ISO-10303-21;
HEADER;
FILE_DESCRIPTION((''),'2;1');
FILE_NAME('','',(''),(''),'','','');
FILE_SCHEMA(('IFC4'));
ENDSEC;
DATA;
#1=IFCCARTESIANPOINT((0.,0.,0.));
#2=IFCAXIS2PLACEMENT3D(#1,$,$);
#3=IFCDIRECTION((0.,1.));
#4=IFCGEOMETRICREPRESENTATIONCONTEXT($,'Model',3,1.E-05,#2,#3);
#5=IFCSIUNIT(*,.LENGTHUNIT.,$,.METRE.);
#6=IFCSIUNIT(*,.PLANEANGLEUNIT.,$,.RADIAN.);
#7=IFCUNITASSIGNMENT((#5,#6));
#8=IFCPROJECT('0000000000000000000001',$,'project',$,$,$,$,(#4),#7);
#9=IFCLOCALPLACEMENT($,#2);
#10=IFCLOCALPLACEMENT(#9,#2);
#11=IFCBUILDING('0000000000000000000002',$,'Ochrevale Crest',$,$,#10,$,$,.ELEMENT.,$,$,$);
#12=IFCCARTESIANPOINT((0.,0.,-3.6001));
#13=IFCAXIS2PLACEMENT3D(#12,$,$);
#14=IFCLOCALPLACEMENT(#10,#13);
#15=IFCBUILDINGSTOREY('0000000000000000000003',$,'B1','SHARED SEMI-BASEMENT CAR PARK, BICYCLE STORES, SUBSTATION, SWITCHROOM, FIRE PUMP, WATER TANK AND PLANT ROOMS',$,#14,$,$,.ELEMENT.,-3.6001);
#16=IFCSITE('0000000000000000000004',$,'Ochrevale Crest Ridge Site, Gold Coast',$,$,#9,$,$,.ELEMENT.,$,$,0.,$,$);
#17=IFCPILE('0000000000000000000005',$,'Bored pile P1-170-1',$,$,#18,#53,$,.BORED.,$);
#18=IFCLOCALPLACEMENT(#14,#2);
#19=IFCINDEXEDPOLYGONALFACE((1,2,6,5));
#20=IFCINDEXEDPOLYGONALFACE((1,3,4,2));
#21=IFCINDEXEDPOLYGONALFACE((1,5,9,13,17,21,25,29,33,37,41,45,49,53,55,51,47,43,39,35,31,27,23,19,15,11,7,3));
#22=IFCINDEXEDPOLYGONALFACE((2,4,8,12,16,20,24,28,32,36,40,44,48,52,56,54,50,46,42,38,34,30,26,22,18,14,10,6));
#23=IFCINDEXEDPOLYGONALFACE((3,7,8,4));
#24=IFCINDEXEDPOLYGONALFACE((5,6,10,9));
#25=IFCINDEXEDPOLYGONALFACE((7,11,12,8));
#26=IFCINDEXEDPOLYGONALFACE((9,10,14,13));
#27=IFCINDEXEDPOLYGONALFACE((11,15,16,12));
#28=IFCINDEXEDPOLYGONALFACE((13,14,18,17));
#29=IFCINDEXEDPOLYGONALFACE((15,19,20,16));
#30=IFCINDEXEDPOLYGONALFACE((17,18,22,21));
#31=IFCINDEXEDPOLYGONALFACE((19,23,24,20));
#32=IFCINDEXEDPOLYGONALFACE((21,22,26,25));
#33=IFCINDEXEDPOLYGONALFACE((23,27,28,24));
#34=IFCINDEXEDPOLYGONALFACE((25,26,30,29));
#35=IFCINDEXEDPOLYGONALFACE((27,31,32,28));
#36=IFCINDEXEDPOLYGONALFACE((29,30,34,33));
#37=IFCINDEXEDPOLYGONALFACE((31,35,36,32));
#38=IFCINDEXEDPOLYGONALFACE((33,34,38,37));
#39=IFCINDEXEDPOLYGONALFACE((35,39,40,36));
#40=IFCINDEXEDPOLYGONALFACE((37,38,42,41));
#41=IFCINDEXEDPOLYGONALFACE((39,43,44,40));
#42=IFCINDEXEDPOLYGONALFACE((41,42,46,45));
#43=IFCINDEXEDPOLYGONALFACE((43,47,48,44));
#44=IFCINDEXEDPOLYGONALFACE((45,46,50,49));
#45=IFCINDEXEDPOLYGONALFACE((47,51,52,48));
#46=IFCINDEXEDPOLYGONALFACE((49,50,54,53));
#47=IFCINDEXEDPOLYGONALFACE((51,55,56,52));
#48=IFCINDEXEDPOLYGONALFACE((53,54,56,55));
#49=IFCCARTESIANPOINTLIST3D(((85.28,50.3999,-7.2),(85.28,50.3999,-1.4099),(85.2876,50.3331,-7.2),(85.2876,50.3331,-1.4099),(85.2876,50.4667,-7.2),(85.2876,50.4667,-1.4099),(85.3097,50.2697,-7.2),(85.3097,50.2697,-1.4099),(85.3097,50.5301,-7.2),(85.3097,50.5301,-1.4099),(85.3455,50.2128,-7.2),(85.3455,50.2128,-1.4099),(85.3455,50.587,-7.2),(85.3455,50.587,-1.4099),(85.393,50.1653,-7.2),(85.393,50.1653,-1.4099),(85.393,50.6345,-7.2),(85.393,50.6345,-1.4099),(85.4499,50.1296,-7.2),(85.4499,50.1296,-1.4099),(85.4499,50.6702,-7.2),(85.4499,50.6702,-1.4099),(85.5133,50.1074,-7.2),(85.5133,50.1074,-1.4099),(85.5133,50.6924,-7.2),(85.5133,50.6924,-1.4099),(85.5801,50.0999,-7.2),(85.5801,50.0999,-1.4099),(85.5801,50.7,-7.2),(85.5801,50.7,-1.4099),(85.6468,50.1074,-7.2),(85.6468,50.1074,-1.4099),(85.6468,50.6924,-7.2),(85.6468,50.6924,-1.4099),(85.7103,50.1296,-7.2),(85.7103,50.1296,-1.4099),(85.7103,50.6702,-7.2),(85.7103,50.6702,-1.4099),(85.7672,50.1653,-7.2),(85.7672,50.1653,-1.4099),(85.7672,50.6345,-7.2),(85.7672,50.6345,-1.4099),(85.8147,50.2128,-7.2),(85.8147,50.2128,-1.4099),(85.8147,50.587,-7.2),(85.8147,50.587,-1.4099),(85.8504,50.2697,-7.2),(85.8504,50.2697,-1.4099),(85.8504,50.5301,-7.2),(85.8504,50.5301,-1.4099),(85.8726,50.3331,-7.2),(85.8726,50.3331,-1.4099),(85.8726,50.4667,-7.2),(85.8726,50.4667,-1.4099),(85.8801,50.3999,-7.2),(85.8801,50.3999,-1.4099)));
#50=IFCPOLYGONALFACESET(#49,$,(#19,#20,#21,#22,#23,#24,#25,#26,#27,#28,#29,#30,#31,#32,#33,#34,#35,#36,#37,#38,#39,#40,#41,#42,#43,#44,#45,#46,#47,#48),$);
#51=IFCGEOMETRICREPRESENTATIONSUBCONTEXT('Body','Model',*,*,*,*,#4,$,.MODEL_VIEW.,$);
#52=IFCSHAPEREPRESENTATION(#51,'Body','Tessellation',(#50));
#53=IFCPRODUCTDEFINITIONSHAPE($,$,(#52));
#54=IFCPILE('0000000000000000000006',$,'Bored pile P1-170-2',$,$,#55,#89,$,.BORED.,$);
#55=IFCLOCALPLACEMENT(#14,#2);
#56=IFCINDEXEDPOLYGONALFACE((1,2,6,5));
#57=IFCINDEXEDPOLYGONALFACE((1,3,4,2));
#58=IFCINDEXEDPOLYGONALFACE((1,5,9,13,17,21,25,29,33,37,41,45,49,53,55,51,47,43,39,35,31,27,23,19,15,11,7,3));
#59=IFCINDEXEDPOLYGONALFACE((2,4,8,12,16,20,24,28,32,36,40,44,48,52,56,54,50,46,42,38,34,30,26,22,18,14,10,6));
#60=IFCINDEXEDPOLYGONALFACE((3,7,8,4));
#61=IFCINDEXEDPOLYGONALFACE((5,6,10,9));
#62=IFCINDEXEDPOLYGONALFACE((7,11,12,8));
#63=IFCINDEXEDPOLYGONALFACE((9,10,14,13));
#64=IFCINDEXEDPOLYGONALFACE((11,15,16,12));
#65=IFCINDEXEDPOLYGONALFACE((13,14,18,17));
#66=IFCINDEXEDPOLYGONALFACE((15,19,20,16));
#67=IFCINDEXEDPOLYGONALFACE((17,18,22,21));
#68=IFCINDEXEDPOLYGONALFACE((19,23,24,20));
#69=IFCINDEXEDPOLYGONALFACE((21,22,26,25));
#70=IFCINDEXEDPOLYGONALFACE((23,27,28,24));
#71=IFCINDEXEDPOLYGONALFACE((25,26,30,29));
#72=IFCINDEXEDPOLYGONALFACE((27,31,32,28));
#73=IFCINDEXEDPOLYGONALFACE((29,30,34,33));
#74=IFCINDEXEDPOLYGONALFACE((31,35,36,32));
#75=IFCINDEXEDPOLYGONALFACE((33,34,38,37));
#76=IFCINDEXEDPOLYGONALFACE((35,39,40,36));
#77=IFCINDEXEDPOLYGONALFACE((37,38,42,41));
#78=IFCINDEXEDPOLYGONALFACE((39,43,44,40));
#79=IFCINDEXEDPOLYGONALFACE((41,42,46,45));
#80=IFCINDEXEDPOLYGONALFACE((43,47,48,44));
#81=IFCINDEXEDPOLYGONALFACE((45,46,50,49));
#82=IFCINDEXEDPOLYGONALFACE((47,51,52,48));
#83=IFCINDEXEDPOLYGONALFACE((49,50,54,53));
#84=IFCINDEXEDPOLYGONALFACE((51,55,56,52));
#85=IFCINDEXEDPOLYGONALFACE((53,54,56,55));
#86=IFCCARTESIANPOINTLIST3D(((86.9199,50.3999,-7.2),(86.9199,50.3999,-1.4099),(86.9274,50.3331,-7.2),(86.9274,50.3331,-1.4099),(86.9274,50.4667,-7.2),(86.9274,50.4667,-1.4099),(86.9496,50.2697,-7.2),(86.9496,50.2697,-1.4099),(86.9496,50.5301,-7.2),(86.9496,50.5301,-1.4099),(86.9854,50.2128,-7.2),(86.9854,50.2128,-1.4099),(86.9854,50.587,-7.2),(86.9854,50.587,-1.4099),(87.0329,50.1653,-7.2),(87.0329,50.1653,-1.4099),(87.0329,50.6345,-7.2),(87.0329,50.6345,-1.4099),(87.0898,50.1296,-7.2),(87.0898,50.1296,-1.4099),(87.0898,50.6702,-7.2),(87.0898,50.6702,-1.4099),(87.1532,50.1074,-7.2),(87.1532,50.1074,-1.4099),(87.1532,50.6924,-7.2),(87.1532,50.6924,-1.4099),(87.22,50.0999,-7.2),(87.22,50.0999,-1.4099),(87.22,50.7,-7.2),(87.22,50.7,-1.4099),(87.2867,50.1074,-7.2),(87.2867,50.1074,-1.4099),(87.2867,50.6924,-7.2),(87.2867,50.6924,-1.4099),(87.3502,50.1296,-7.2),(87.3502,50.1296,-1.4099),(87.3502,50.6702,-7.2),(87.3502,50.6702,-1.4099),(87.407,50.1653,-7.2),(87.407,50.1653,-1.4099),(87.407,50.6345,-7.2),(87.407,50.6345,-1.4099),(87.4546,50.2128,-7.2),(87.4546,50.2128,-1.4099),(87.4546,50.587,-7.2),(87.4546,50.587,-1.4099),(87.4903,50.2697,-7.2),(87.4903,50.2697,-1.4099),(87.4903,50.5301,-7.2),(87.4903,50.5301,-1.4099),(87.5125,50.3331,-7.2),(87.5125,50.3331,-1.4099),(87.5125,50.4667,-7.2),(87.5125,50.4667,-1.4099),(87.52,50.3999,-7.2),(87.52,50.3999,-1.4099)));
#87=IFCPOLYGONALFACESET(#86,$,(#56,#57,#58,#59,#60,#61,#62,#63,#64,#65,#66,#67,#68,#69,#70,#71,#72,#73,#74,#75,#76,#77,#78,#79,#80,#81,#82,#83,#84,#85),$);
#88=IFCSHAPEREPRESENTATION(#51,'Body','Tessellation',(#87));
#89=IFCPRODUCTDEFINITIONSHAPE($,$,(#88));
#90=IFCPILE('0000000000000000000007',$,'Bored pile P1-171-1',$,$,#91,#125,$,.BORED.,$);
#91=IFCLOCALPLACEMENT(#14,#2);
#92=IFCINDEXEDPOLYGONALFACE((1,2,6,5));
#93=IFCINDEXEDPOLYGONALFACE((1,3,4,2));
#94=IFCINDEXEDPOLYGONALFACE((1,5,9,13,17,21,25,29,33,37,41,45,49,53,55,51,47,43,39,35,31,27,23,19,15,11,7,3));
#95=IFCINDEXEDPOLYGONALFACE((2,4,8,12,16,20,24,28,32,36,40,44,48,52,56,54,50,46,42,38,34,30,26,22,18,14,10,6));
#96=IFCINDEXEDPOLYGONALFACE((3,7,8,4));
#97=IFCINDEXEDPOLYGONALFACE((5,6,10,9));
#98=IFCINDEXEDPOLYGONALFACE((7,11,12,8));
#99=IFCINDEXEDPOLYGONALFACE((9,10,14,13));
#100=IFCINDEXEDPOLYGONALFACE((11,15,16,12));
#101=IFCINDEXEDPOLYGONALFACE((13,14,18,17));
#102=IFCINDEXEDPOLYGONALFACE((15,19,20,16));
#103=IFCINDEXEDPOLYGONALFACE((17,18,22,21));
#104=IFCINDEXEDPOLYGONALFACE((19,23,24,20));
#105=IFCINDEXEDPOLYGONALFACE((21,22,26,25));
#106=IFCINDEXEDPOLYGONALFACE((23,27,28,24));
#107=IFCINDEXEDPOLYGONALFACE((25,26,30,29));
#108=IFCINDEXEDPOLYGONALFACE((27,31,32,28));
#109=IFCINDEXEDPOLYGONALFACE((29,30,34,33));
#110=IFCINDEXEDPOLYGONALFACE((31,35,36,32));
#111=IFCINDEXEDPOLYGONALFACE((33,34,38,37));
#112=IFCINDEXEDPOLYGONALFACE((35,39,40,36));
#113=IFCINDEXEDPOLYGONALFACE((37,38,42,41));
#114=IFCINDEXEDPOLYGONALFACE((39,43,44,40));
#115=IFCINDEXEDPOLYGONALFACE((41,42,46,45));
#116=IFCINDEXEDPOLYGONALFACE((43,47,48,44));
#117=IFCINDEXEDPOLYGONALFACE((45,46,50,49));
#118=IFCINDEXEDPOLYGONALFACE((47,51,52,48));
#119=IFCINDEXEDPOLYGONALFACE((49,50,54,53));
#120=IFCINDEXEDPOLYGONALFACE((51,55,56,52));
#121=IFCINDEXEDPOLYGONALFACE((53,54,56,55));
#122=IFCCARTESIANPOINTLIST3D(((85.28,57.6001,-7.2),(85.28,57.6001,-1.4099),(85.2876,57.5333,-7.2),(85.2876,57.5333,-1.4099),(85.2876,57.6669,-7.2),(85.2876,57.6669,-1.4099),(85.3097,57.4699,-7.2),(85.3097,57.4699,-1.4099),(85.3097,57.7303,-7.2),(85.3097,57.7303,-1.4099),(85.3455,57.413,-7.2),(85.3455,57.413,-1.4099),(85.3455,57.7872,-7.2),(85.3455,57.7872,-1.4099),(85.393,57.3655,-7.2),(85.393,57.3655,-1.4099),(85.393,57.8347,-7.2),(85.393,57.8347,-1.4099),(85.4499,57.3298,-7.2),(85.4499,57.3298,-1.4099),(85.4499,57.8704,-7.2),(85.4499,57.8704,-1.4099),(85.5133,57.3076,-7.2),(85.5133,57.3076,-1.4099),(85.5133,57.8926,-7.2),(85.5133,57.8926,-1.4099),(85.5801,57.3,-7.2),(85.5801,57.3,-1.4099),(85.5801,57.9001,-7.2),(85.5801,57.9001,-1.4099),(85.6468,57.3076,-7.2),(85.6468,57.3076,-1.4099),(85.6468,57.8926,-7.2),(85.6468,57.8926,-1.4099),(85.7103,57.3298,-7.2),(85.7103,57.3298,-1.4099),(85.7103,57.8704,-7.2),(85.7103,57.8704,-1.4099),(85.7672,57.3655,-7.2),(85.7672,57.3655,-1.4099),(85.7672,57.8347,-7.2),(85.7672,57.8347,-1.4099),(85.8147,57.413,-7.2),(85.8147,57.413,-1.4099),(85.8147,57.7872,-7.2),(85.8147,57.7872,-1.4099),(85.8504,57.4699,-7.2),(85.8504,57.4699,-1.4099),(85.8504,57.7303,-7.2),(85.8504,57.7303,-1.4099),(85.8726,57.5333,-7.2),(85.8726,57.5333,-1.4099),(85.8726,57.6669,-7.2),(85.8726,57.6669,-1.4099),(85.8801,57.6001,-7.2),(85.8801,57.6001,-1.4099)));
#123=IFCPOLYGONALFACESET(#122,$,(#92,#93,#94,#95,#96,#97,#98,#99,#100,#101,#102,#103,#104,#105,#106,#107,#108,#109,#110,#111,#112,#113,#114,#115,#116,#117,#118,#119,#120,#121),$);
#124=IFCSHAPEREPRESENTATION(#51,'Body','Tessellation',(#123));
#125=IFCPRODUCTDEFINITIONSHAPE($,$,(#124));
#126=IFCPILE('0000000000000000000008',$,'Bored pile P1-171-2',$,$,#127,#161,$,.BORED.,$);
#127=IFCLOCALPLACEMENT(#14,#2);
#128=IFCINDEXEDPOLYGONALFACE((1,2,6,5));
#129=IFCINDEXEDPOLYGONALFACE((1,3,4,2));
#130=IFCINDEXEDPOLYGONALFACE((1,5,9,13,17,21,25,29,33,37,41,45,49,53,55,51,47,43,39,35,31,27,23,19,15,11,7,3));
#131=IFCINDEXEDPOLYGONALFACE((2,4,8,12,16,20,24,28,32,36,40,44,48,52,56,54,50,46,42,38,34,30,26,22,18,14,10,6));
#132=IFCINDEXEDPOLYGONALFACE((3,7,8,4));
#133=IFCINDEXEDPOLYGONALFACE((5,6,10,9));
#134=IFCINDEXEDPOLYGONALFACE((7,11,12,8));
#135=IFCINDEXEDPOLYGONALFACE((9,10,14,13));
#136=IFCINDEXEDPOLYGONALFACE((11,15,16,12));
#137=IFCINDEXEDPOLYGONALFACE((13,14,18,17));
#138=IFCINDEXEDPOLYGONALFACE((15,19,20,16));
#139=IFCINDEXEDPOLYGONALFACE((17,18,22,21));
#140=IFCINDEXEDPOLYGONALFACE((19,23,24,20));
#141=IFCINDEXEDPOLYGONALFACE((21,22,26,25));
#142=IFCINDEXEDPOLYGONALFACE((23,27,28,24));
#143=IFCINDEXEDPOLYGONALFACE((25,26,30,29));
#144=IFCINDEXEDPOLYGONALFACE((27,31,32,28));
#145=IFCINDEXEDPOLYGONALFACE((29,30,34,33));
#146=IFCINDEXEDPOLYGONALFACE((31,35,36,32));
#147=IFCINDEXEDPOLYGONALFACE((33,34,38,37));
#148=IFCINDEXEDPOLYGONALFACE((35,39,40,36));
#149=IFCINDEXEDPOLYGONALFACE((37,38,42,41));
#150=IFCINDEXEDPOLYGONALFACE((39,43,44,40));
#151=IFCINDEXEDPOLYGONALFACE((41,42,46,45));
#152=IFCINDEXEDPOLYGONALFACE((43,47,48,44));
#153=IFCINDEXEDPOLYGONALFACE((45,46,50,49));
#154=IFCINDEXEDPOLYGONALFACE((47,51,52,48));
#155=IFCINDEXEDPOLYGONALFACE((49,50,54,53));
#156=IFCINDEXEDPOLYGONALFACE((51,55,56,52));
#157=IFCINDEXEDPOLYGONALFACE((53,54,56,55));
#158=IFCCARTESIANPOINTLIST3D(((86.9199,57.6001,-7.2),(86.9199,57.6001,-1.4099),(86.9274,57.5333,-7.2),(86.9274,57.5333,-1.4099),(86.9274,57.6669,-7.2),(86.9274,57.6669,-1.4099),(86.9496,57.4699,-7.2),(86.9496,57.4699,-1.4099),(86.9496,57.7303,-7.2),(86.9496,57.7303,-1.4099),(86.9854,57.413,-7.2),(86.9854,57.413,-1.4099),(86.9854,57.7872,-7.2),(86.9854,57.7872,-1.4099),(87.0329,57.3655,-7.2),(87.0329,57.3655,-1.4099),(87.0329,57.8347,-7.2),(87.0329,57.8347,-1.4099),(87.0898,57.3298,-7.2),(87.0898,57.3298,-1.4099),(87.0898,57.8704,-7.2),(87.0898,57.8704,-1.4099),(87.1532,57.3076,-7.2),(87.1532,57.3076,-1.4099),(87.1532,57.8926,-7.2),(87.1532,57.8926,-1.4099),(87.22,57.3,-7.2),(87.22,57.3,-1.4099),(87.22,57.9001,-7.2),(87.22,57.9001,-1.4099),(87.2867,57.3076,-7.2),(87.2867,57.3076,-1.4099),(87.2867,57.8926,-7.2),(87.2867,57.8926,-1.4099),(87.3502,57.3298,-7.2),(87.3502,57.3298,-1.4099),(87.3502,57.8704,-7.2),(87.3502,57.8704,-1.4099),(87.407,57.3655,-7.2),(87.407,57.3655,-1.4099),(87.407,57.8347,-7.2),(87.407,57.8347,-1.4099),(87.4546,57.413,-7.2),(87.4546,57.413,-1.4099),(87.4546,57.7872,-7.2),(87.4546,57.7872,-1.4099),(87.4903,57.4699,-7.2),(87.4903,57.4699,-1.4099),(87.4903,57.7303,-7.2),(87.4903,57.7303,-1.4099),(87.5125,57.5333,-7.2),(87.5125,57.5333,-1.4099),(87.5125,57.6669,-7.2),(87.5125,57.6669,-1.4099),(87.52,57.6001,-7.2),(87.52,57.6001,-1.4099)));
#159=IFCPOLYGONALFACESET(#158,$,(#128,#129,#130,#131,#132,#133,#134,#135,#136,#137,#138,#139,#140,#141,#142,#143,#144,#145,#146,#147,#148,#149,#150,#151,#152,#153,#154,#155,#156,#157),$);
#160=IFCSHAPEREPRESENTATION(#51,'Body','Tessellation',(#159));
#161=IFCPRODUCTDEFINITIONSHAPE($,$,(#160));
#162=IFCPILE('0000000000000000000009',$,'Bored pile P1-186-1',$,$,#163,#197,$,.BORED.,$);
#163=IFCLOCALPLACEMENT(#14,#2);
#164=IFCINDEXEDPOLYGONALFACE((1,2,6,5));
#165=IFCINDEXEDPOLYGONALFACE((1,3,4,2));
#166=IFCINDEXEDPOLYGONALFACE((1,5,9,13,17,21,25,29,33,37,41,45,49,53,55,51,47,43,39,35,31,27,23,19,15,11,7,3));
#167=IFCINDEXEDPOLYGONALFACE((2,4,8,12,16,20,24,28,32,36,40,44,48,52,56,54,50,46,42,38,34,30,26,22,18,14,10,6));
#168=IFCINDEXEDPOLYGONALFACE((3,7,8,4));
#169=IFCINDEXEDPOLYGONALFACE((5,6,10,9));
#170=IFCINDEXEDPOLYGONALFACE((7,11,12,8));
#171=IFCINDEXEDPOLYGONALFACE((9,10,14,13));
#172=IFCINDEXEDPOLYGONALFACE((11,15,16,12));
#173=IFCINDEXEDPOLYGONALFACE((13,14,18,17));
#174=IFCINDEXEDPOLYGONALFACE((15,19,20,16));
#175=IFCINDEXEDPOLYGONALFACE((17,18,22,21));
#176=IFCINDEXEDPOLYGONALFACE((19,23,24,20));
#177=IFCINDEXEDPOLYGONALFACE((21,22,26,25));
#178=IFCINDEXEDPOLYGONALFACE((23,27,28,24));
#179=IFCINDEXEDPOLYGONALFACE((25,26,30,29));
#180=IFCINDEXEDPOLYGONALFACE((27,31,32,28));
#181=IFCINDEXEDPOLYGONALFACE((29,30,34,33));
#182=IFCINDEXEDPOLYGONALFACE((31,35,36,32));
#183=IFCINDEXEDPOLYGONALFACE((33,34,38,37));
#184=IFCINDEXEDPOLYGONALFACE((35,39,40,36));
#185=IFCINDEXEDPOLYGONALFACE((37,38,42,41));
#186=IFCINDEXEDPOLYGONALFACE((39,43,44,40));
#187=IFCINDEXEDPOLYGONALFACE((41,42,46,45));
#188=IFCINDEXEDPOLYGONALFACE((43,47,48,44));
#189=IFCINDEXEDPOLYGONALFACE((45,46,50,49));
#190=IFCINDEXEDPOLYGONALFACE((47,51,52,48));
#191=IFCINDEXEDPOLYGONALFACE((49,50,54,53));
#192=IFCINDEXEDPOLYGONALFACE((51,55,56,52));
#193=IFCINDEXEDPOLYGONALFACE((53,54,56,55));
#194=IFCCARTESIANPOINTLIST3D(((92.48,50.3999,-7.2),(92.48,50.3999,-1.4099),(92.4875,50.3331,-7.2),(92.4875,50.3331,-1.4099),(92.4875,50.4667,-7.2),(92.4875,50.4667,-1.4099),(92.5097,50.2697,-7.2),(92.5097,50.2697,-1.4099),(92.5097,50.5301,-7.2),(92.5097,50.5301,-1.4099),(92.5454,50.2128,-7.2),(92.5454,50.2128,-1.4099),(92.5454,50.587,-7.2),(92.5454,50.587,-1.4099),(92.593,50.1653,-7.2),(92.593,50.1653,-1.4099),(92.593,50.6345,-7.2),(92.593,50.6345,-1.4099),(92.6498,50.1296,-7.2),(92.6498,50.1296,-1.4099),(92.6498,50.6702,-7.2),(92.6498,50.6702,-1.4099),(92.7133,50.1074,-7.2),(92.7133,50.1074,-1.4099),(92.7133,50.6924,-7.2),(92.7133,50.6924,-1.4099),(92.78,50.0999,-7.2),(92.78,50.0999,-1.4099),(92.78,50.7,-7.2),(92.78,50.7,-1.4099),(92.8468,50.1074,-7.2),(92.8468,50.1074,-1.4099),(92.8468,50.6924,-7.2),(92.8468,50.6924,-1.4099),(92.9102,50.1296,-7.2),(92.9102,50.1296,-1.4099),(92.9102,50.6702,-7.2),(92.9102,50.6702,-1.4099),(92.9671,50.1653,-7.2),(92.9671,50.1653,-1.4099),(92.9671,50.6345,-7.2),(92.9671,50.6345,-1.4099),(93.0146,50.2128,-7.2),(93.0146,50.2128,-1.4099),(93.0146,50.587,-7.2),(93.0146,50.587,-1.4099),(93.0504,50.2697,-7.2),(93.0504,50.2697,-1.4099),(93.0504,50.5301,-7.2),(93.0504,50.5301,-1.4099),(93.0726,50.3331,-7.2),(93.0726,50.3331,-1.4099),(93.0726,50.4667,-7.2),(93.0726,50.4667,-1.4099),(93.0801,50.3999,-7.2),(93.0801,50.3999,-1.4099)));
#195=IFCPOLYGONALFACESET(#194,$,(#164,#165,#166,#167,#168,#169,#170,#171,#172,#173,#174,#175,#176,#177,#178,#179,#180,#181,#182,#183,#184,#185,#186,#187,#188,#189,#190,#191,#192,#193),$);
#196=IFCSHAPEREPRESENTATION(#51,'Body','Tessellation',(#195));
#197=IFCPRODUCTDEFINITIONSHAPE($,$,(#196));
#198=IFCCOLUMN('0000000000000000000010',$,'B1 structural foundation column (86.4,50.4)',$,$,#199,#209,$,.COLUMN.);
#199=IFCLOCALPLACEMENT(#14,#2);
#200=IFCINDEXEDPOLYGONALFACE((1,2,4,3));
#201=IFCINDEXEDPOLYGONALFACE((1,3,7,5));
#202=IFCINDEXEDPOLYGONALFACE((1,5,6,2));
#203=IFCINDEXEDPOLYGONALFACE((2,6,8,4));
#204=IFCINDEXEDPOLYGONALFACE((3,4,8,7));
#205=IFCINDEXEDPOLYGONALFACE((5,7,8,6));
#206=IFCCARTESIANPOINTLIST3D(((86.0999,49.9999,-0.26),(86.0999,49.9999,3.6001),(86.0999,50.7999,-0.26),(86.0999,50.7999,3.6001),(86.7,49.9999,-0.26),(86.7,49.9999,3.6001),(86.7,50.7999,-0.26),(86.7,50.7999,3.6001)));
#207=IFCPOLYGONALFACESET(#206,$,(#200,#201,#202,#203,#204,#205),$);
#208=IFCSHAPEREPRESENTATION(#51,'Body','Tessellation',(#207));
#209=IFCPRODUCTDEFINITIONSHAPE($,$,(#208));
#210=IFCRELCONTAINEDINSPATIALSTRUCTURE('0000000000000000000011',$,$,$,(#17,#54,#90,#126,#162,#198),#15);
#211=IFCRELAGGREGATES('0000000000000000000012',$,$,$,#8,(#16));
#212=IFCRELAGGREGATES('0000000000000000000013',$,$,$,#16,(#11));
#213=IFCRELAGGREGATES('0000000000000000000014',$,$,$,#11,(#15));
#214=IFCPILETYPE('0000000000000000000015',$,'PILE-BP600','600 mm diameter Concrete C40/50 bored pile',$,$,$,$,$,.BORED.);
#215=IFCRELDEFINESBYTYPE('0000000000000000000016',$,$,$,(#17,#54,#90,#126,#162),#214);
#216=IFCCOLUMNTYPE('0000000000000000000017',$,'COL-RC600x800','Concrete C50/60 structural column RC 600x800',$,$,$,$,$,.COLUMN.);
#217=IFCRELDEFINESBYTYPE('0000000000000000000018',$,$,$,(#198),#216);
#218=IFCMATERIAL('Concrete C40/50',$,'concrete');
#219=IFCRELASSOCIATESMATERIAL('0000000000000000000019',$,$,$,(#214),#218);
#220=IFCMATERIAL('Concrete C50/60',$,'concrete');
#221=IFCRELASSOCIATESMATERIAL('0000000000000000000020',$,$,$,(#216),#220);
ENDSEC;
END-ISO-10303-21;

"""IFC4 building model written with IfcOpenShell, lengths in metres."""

from ifc_helpers import new_model, si_unit, direction, frame, origin, origin_2d, place, context, subcontext, project, spatial, rectangle, circle, extrude, material, material_profile, profile_set, type_object, element, save


model = new_model("IFC4")

# Units and contexts
model_context = context("Model", 3, precision=1e-05, world=origin(), true_north=direction((0.0, 1.0)))
body_context = subcontext(model_context, "Body", "Model", "MODEL_VIEW")
ifc_project = project(units=[si_unit("LENGTHUNIT", "METRE"), si_unit("PLANEANGLEUNIT", "RADIAN")], contexts=[model_context])

# Site, building, storey
site_placement = place(None, origin())
site = spatial("IfcSite", under=ifc_project, at=site_placement, Name="Ochrevale Crest Ridge Site, Gold Coast", CompositionType="ELEMENT", RefElevation=0.0)
building_placement = place(site_placement, origin())
building = spatial("IfcBuilding", under=site, at=building_placement, Name="Ochrevale Crest", CompositionType="ELEMENT")
storey_placement = place(building_placement, frame((0.0, 0.0, -3.6001)))
storey = spatial("IfcBuildingStorey", under=building, at=storey_placement, Name="B1", Description="SHARED SEMI-BASEMENT CAR PARK, BICYCLE STORES, SUBSTATION, SWITCHROOM, FIRE PUMP, WATER TANK AND PLANT ROOMS", CompositionType="ELEMENT", Elevation=-3.6001)

# Shared definitions
ifc_material_1 = material(Name="Concrete C40/50", Category="concrete")

# Piles
ifc_material_profile_1 = material_profile(ifc_material_1, circle(Radius=0.3, at=origin_2d()), Name="BORED PILE 600")
ifc_profile_set_1 = profile_set([ifc_material_profile_1], Name="Concrete C40/50")
pile_type = type_object("IfcPileType", Name="PILE-BP600", Description="600 mm diameter Concrete C40/50 bored pile", PredefinedType="BORED", material=ifc_profile_set_1)
for number, where, z_axis, x_axis, name in (
    (1, (85.5801, 50.3999, -1.4099), (0.0, 0.0, -1.0), (1.0, 0.0, 0.0), "Bored pile P1-170-1"),
    (2, (87.22, 50.3999, -1.4099), (0.0, 0.0, -1.0), (1.0, 0.0, 0.0), "Bored pile P1-170-2"),
    (3, (85.5801, 57.6001, -1.4099), (0.0, 0.0, -1.0), (1.0, 0.0, 0.0), "Bored pile P1-171-1"),
    (4, (87.22, 57.6001, -1.4099), (0.0, 0.0, -1.0), (1.0, 0.0, 0.0), "Bored pile P1-171-2"),
    (5, (92.78, 50.3999, -1.4099), (0.0, 0.0, -1.0), (1.0, 0.0, 0.0), "Bored pile P1-186-1"),
):
    element("IfcPile", number, at=place(storey_placement, frame(where, z_axis=z_axis, x_axis=x_axis)), inside=storey, type_object=pile_type, Name=name, PredefinedType="BORED", context=body_context, shape_type="SweptSolid", body=[
        extrude(circle(Radius=0.3, at=origin_2d()), origin(), (0.0, 0.0, 1.0), 5.79),
    ])

# Column
ifc_material_2 = material(Name="Concrete C50/60", Category="concrete")
ifc_material_profile_2 = material_profile(ifc_material_2, rectangle(XDim=0.6001, YDim=0.8, at=origin_2d()), Name="RC 600x800")
ifc_profile_set_2 = profile_set([ifc_material_profile_2], Name="Concrete C50/60")
column_type = type_object("IfcColumnType", Name="COL-RC600x800", Description="Concrete C50/60 structural column RC 600x800", PredefinedType="COLUMN", material=ifc_profile_set_2)
for number, where, z_axis, x_axis, name in (
    (6, (86.3999, 50.3999, -0.26), (0.0, 0.0, 1.0), (1.0, 0.0, 0.0), "B1 structural foundation column (86.4,50.4)"),
):
    element("IfcColumn", number, at=place(storey_placement, frame(where, z_axis=z_axis, x_axis=x_axis)), inside=storey, type_object=column_type, Name=name, PredefinedType="COLUMN", context=body_context, shape_type="SweptSolid", body=[
        extrude(rectangle(XDim=0.6001, YDim=0.8, at=origin_2d()), origin(), (0.0, 0.0, 1.0), 3.8601),
    ])

save(model, "model.ifc")
